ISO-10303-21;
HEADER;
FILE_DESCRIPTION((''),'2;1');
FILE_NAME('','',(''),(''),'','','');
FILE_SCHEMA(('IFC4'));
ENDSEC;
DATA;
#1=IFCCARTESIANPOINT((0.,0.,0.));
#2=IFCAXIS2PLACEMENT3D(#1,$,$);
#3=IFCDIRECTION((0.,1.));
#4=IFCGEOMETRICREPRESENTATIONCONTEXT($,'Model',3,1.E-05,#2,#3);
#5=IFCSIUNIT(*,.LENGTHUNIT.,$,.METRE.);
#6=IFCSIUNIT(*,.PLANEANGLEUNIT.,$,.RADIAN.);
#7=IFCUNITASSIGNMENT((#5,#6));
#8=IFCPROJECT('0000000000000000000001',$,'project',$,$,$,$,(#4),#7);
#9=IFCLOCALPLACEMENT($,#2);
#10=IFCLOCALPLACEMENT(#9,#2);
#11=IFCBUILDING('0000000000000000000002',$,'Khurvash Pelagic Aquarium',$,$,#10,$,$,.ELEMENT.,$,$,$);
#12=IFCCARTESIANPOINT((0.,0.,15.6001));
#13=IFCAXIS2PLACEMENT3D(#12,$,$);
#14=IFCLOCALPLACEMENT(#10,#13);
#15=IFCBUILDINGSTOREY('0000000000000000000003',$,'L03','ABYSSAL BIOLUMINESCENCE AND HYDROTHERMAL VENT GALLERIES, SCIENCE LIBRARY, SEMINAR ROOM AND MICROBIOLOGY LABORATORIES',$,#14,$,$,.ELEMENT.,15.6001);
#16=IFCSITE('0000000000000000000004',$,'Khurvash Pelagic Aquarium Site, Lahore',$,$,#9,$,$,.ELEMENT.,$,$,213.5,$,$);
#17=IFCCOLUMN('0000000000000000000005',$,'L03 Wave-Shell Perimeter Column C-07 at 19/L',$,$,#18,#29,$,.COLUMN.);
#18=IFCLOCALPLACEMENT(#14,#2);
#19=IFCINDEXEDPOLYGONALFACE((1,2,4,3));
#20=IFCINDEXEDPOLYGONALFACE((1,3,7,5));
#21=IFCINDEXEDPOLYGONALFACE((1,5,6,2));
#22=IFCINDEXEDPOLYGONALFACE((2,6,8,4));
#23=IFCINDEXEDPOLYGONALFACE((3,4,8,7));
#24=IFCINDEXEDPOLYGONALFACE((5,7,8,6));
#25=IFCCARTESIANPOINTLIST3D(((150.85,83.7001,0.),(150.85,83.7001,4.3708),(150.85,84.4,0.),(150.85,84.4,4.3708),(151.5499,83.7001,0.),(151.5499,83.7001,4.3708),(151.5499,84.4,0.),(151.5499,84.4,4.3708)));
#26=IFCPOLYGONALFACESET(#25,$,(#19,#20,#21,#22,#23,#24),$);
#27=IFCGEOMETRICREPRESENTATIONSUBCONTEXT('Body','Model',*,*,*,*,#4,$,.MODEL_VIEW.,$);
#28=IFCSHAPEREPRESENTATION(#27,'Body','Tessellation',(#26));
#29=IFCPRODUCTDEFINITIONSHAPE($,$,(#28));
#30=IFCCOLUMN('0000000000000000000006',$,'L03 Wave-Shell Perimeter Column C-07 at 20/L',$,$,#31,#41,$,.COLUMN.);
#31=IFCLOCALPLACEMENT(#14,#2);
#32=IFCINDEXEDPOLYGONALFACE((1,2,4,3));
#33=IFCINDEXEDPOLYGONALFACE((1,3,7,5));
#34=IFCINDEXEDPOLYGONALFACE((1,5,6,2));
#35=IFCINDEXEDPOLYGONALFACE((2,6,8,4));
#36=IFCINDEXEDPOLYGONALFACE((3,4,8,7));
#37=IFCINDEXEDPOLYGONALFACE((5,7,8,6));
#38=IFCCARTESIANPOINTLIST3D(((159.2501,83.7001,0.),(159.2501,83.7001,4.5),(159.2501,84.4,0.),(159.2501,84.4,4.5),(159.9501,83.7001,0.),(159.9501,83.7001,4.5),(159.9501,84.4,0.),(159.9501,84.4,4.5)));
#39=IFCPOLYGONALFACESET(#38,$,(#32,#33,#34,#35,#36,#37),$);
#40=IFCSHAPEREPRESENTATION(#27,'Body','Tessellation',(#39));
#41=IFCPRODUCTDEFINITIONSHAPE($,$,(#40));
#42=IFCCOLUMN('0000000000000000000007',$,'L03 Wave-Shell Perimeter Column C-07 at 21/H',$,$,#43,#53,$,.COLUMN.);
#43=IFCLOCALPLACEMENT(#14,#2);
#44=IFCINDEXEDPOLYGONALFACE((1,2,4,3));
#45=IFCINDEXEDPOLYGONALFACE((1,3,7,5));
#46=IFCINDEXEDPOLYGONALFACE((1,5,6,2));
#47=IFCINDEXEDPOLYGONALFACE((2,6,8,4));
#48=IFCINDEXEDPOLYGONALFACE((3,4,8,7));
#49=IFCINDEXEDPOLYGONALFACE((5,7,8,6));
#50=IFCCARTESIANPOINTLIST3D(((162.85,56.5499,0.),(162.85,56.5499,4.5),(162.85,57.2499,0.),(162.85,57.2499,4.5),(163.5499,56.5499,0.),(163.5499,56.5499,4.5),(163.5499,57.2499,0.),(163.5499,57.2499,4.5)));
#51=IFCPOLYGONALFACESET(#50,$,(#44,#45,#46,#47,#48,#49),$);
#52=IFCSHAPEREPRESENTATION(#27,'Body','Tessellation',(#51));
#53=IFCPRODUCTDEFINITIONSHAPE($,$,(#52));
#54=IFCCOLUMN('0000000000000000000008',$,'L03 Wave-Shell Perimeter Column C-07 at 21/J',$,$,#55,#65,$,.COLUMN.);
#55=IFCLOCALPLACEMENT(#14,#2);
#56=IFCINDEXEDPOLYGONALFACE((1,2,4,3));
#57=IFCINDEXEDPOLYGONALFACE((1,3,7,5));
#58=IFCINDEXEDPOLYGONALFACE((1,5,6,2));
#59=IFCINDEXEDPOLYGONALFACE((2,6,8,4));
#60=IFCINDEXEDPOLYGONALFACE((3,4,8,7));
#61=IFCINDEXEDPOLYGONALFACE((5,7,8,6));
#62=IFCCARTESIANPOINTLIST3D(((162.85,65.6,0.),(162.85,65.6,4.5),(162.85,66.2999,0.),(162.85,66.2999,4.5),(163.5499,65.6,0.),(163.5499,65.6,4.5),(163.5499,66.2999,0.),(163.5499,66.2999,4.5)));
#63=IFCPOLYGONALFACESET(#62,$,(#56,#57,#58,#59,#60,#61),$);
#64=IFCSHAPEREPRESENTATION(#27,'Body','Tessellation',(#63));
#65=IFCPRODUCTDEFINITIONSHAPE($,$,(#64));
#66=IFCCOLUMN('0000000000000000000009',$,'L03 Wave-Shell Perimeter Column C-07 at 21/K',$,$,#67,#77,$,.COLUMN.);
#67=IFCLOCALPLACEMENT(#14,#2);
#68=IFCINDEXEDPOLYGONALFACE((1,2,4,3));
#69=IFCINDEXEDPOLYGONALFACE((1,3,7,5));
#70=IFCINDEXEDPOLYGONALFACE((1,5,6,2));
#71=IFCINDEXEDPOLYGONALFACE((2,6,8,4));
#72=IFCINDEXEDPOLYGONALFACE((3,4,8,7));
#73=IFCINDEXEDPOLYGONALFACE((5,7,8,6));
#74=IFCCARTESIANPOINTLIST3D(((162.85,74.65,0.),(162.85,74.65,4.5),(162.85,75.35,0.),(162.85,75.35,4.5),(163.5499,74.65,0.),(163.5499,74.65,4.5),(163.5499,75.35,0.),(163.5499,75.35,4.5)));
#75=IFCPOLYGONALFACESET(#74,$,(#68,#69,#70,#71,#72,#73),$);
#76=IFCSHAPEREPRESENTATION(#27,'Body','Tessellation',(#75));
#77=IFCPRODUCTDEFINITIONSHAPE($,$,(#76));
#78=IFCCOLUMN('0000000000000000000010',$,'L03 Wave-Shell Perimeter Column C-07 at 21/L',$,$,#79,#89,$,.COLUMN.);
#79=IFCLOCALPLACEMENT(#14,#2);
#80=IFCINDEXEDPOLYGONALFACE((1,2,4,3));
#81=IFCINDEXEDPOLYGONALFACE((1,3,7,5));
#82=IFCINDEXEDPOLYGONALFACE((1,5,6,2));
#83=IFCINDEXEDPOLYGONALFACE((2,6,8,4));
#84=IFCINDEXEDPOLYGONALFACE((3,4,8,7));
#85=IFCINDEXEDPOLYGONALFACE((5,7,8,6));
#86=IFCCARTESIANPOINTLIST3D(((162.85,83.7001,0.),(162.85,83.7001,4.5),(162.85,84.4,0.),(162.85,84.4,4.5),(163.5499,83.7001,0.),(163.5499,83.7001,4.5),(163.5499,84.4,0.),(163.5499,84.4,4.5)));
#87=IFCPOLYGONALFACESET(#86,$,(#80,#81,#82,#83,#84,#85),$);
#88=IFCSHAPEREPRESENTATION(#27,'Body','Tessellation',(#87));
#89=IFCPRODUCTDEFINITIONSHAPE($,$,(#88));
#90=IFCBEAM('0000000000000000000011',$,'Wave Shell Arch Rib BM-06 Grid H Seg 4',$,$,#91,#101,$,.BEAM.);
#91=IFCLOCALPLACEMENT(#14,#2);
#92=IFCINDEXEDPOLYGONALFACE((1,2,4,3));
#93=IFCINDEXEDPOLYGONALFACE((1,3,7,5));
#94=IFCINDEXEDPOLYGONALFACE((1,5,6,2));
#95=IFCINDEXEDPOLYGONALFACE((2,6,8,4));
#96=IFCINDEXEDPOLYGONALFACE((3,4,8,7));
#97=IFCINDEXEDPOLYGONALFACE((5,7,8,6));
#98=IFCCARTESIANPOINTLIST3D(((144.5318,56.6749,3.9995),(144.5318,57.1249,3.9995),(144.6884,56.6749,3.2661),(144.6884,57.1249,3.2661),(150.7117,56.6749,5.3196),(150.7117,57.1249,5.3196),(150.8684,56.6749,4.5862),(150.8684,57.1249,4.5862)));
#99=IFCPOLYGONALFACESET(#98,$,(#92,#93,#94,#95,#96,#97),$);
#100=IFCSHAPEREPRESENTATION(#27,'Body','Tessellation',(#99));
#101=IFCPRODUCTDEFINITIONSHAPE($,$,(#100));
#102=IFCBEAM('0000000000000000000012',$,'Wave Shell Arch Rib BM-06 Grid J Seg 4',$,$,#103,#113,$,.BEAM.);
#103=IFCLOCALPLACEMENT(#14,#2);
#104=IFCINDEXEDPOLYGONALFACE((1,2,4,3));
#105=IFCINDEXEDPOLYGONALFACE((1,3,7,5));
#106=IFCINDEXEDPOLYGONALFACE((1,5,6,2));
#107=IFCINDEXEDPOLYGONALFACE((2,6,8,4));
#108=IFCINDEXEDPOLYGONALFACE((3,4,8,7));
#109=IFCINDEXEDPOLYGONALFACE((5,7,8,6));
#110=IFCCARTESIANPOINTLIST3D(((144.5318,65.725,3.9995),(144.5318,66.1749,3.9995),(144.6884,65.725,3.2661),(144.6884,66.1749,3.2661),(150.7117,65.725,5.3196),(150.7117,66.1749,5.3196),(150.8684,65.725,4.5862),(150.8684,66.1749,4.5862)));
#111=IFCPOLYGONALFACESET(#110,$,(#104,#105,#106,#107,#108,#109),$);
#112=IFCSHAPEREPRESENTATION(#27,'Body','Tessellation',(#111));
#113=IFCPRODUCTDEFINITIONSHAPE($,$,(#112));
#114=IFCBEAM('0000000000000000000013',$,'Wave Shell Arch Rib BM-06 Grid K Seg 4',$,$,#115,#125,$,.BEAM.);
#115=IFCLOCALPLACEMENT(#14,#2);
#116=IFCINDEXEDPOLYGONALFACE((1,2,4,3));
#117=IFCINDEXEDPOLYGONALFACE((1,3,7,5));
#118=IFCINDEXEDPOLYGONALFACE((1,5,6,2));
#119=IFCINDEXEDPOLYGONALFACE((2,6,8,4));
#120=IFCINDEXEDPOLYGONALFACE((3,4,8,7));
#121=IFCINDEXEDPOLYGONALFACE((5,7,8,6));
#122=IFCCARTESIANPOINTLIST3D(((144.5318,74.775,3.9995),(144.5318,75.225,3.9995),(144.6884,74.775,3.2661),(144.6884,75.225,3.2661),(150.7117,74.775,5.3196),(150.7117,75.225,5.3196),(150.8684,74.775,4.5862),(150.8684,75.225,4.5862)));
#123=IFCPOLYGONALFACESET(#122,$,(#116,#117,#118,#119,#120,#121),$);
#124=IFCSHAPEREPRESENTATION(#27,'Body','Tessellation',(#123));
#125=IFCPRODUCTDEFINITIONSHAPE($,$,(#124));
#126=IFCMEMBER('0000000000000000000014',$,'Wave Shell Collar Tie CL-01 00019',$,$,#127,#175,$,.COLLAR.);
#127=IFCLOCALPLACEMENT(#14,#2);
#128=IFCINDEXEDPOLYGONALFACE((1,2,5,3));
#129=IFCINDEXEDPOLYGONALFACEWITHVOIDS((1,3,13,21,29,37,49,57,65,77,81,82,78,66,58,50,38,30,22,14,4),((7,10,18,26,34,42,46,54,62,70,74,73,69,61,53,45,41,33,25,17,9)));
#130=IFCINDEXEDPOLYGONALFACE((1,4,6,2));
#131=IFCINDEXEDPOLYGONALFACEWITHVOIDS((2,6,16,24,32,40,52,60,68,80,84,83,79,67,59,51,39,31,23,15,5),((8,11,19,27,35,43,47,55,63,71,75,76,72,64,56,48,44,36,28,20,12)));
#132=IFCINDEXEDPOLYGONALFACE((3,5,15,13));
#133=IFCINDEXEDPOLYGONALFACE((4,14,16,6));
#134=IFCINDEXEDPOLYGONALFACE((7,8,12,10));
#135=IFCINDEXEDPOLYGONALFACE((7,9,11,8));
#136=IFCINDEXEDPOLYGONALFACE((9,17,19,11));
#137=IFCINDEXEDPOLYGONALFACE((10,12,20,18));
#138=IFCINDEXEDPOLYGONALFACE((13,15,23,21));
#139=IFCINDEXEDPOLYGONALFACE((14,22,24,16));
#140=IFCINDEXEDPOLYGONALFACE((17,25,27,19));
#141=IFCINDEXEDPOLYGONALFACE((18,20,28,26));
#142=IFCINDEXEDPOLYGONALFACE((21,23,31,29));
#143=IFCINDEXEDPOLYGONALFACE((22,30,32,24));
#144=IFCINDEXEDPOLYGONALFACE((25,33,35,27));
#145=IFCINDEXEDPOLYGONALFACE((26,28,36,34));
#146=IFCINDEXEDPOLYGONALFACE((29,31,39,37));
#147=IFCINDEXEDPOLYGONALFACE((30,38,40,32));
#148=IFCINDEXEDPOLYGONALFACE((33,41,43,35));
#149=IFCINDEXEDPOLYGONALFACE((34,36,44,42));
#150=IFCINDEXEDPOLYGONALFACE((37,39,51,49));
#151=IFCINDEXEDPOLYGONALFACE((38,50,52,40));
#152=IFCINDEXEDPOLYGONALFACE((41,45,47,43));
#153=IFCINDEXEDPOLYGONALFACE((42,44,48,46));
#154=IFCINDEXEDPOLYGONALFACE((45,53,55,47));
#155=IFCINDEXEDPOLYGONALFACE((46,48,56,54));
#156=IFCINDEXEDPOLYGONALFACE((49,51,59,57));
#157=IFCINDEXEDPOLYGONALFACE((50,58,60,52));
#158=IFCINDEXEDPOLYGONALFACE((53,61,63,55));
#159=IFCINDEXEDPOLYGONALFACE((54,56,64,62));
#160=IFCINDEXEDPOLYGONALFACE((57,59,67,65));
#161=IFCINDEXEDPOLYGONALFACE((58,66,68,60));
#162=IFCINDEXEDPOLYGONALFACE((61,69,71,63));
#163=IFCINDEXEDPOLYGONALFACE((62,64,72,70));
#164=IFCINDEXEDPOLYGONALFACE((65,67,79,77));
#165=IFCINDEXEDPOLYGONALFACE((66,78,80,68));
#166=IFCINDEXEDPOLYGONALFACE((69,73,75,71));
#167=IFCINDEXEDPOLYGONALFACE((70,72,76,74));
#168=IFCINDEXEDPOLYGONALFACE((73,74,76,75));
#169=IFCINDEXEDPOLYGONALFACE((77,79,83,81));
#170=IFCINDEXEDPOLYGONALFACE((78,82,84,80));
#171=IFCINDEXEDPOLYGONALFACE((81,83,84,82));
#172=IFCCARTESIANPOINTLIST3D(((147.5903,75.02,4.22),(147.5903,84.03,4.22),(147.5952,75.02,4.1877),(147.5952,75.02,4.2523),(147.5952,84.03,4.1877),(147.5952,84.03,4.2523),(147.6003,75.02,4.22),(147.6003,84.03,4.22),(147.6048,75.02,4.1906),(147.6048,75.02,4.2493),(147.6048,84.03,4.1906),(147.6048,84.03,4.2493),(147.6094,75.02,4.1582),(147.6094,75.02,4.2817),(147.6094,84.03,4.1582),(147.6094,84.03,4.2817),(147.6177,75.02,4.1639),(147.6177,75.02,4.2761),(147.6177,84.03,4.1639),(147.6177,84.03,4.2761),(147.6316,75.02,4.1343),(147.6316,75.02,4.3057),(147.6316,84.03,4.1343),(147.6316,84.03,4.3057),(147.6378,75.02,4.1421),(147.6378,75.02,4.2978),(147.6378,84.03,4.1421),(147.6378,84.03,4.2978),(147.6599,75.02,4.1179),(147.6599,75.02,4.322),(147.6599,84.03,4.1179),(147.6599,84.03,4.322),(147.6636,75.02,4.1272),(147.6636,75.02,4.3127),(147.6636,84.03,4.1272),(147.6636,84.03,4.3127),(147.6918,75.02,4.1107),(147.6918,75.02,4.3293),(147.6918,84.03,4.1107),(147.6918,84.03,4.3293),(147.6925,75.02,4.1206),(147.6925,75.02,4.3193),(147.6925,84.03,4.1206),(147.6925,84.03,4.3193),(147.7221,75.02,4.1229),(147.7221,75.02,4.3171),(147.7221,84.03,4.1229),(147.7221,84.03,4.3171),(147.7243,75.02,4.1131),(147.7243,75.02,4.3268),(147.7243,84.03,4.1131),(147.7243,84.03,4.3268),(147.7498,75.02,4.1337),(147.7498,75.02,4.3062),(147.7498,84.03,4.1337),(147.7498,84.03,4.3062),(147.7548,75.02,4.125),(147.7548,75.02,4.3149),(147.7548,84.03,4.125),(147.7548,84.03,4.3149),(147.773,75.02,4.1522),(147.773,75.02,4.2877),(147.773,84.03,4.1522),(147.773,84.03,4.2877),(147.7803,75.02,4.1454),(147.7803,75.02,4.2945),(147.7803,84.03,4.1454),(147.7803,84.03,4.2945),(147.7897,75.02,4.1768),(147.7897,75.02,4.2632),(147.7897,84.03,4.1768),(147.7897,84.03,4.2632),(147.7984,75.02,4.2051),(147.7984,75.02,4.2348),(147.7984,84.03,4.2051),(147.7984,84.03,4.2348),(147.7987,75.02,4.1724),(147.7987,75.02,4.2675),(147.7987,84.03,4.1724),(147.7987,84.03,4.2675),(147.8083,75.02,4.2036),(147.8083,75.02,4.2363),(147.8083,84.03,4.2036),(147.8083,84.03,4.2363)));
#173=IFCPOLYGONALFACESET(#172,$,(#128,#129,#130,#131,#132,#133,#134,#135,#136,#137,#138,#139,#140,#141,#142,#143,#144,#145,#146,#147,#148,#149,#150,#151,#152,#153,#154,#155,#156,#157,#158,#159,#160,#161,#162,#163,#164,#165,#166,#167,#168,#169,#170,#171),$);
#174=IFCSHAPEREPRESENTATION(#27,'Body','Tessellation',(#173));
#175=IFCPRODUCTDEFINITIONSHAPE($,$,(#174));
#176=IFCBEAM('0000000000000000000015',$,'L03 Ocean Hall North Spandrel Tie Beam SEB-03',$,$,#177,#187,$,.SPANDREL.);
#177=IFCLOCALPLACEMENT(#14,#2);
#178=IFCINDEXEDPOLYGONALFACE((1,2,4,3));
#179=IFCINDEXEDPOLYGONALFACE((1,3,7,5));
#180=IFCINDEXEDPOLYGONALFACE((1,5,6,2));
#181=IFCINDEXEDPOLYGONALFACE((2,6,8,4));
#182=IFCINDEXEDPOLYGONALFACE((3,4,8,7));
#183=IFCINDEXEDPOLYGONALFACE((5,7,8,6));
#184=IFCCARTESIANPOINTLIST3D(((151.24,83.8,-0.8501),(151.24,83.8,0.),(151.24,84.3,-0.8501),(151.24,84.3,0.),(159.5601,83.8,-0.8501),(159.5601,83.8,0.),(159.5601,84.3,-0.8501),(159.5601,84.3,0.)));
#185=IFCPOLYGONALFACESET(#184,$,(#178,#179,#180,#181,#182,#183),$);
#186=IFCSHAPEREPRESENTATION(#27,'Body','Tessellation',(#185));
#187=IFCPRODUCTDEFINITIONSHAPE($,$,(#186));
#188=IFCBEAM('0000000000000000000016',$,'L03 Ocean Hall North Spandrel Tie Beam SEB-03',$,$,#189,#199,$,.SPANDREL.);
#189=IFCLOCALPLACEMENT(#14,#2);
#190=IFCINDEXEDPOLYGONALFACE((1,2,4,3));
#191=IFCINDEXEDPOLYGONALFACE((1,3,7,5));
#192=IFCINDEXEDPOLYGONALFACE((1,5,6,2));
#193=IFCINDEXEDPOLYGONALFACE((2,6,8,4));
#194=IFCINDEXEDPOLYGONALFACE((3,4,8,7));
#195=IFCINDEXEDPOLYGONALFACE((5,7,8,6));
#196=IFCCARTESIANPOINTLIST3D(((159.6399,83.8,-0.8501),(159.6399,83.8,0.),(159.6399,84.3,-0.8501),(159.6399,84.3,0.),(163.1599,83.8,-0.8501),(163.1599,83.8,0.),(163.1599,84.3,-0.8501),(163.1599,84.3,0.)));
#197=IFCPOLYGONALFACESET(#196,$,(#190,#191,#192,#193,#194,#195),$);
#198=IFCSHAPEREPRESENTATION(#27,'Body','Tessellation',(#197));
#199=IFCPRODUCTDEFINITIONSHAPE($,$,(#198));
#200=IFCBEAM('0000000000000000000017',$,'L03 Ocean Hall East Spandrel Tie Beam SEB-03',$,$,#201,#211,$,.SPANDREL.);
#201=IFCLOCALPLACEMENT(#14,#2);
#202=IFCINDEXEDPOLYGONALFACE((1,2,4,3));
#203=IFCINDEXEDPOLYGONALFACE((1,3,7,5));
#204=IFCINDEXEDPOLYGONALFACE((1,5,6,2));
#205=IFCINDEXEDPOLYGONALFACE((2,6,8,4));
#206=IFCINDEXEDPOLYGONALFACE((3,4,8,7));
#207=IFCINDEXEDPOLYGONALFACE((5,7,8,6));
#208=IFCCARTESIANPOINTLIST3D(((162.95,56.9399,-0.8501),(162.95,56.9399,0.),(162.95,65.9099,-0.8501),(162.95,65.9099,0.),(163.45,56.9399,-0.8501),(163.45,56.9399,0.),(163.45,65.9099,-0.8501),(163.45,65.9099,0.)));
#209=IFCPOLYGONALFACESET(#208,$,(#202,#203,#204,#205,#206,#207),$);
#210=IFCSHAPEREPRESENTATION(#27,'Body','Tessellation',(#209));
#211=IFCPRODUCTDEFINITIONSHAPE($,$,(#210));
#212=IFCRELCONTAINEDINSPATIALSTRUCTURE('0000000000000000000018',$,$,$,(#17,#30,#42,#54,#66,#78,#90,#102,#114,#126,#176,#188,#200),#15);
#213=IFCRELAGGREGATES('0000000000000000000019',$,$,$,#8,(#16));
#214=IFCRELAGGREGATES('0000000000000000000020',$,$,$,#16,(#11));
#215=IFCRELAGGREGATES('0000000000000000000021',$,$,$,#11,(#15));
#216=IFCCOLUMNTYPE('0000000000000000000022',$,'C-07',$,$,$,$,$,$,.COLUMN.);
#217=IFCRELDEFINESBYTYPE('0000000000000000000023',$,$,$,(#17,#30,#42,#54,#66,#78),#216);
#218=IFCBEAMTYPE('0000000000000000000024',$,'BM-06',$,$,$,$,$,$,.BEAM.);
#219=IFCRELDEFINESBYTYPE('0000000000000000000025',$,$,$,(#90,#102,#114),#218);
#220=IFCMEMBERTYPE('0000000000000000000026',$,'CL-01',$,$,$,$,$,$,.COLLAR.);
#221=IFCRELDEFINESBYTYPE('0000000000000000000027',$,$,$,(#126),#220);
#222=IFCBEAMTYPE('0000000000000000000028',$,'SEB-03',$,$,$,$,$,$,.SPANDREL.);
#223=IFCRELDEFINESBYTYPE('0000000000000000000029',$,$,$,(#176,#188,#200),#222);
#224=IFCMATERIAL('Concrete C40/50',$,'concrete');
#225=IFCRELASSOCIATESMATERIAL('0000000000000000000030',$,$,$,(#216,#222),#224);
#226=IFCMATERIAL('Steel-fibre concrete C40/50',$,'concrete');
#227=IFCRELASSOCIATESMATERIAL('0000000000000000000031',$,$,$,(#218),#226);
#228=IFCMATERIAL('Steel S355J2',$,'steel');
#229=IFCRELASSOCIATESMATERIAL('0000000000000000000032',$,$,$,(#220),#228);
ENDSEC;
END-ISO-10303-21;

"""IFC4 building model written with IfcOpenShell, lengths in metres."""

from ifc_helpers import new_model, si_unit, direction, frame, origin, origin_2d, place, context, subcontext, project, spatial, rectangle, hollow_circle, extrude, material, material_profile, profile_set, type_object, element, save


model = new_model("IFC4")

# Units and contexts
model_context = context("Model", 3, precision=1e-05, world=origin(), true_north=direction((0.0, 1.0)))
body_context = subcontext(model_context, "Body", "Model", "MODEL_VIEW")
ifc_project = project(units=[si_unit("LENGTHUNIT", "METRE"), si_unit("PLANEANGLEUNIT", "RADIAN")], contexts=[model_context])

# Site, building, storey
site_placement = place(None, origin())
site = spatial("IfcSite", under=ifc_project, at=site_placement, Name="Khurvash Pelagic Aquarium Site, Lahore", CompositionType="ELEMENT", RefElevation=213.5)
building_placement = place(site_placement, origin())
building = spatial("IfcBuilding", under=site, at=building_placement, Name="Khurvash Pelagic Aquarium", CompositionType="ELEMENT")
storey_placement = place(building_placement, frame((0.0, 0.0, 15.6001)))
storey = spatial("IfcBuildingStorey", under=building, at=storey_placement, Name="L03", Description="ABYSSAL BIOLUMINESCENCE AND HYDROTHERMAL VENT GALLERIES, SCIENCE LIBRARY, SEMINAR ROOM AND MICROBIOLOGY LABORATORIES", CompositionType="ELEMENT", Elevation=15.6001)

# Columns
ifc_material_1 = material(Name="Concrete C40/50", Category="concrete")
ifc_material_profile_1 = material_profile(ifc_material_1, rectangle(XDim=0.7, YDim=0.7, at=origin_2d()), Name="RC700X700")
ifc_profile_set_1 = profile_set([ifc_material_profile_1], Name="Concrete C40/50")
column_type = type_object("IfcColumnType", Name="C-07", PredefinedType="COLUMN", material=ifc_profile_set_1)
column_placement = place(storey_placement, frame((151.2, 84.05, 0.0), z_axis=(0.0, 0.0, 1.0), x_axis=(1.0, 0.0, 0.0)))
element("IfcColumn", 1, at=column_placement, inside=storey, type_object=column_type, Name="L03 Wave-Shell Perimeter Column C-07 at 19/L", PredefinedType="COLUMN", context=body_context, shape_type="SweptSolid", body=[
    extrude(rectangle(XDim=0.7, YDim=0.7, at=origin_2d()), origin(), (0.0, 0.0, 1.0), 4.3708),
])
for number, where, z_axis, x_axis, name in (
    (2, (159.6001, 84.05, 0.0), (0.0, 0.0, 1.0), (1.0, 0.0, 0.0), "L03 Wave-Shell Perimeter Column C-07 at 20/L"),
    (3, (163.2, 56.8999, 0.0), (0.0, 0.0, 1.0), (1.0, 0.0, 0.0), "L03 Wave-Shell Perimeter Column C-07 at 21/H"),
    (4, (163.2, 65.95, 0.0), (0.0, 0.0, 1.0), (1.0, 0.0, 0.0), "L03 Wave-Shell Perimeter Column C-07 at 21/J"),
    (5, (163.2, 75.0, 0.0), (0.0, 0.0, 1.0), (1.0, 0.0, 0.0), "L03 Wave-Shell Perimeter Column C-07 at 21/K"),
    (6, (163.2, 84.05, 0.0), (0.0, 0.0, 1.0), (1.0, 0.0, 0.0), "L03 Wave-Shell Perimeter Column C-07 at 21/L"),
):
    element("IfcColumn", number, at=place(storey_placement, frame(where, z_axis=z_axis, x_axis=x_axis)), inside=storey, type_object=column_type, Name=name, PredefinedType="COLUMN", context=body_context, shape_type="SweptSolid", body=[
        extrude(rectangle(XDim=0.7, YDim=0.7, at=origin_2d()), origin(), (0.0, 0.0, 1.0), 4.5),
    ])

# Beams
ifc_material_2 = material(Name="Steel-fibre concrete C40/50", Category="concrete")
ifc_material_profile_2 = material_profile(ifc_material_2, rectangle(XDim=0.45, YDim=0.75, at=origin_2d()), Name="RC450X750")
ifc_profile_set_2 = profile_set([ifc_material_profile_2], Name="Steel-fibre concrete C40/50")
beam_type_1 = type_object("IfcBeamType", Name="BM-06", PredefinedType="BEAM", material=ifc_profile_set_2)
for number, where, z_axis, x_axis, name in (
    (7, (144.6101, 56.8999, 3.6328), (0.977938, 0.0, 0.208893), (0.0, 1.0, 0.0), "Wave Shell Arch Rib BM-06 Grid H Seg 4"),
    (8, (144.6101, 65.95, 3.6328), (0.977938, 0.0, 0.208893), (0.0, 1.0, 0.0), "Wave Shell Arch Rib BM-06 Grid J Seg 4"),
    (9, (144.6101, 75.0, 3.6328), (0.977938, 0.0, 0.208893), (0.0, 1.0, 0.0), "Wave Shell Arch Rib BM-06 Grid K Seg 4"),
):
    element("IfcBeam", number, at=place(storey_placement, frame(where, z_axis=z_axis, x_axis=x_axis)), inside=storey, type_object=beam_type_1, Name=name, PredefinedType="BEAM", context=body_context, shape_type="SweptSolid", body=[
        extrude(rectangle(XDim=0.45, YDim=0.75, at=origin_2d()), origin(), (0.0, 0.0, 1.0), 6.3193),
    ])

# Member
ifc_material_3 = material(Name="Steel S355J2", Category="steel")
ifc_material_profile_3 = material_profile(ifc_material_3, hollow_circle(Radius=0.1096, WallThickness=0.01, at=origin_2d()), Name="CHS219X10")
ifc_profile_set_3 = profile_set([ifc_material_profile_3], Name="Steel S355J2")
member_type_1 = type_object("IfcMemberType", Name="CL-01", PredefinedType="COLLAR", material=ifc_profile_set_3)
member_1_placement = place(storey_placement, frame((147.7, 75.02, 4.22), z_axis=(0.0, 1.0, 0.0), x_axis=(-1.0, 0.0, 0.0)))
element("IfcMember", 10, at=member_1_placement, inside=storey, type_object=member_type_1, Name="Wave Shell Collar Tie CL-01 00019", PredefinedType="COLLAR", context=body_context, shape_type="SweptSolid", body=[
    extrude(hollow_circle(Radius=0.1096, WallThickness=0.01, at=origin_2d()), origin(), (0.0, 0.0, 1.0), 9.01),
])

# Beams
ifc_material_profile_4 = material_profile(ifc_material_1, rectangle(XDim=0.5, YDim=0.8501, at=origin_2d()), Name="RC500X850")
ifc_profile_set_4 = profile_set([ifc_material_profile_4], Name="Concrete C40/50")
beam_type_2 = type_object("IfcBeamType", Name="SEB-03", PredefinedType="SPANDREL", material=ifc_profile_set_4)
beam_1_placement = place(storey_placement, frame((151.24, 84.05, -0.425), z_axis=(1.0, 0.0, 0.0), x_axis=(0.0, 1.0, 0.0)))
element("IfcBeam", 11, at=beam_1_placement, inside=storey, type_object=beam_type_2, Name="L03 Ocean Hall North Spandrel Tie Beam SEB-03", PredefinedType="SPANDREL", context=body_context, shape_type="SweptSolid", body=[
    extrude(rectangle(XDim=0.5, YDim=0.8501, at=origin_2d()), origin(), (0.0, 0.0, 1.0), 8.3201),
])
beam_2_placement = place(storey_placement, frame((159.6399, 84.05, -0.425), z_axis=(1.0, 0.0, 0.0), x_axis=(0.0, 1.0, 0.0)))
element("IfcBeam", 12, at=beam_2_placement, inside=storey, type_object=beam_type_2, Name="L03 Ocean Hall North Spandrel Tie Beam SEB-03", PredefinedType="SPANDREL", context=body_context, shape_type="SweptSolid", body=[
    extrude(rectangle(XDim=0.5, YDim=0.8501, at=origin_2d()), origin(), (0.0, 0.0, 1.0), 3.52),
])
for number, where, z_axis, x_axis, name in (
    (13, (163.2, 56.9399, -0.425), (0.0, 1.0, 0.0), (-1.0, 0.0, 0.0), "L03 Ocean Hall East Spandrel Tie Beam SEB-03"),
):
    element("IfcBeam", number, at=place(storey_placement, frame(where, z_axis=z_axis, x_axis=x_axis)), inside=storey, type_object=beam_type_2, Name=name, PredefinedType="SPANDREL", context=body_context, shape_type="SweptSolid", body=[
        extrude(rectangle(XDim=0.5, YDim=0.8501, at=origin_2d()), origin(), (0.0, 0.0, 1.0), 8.97),
    ])

save(model, "model.ifc")
